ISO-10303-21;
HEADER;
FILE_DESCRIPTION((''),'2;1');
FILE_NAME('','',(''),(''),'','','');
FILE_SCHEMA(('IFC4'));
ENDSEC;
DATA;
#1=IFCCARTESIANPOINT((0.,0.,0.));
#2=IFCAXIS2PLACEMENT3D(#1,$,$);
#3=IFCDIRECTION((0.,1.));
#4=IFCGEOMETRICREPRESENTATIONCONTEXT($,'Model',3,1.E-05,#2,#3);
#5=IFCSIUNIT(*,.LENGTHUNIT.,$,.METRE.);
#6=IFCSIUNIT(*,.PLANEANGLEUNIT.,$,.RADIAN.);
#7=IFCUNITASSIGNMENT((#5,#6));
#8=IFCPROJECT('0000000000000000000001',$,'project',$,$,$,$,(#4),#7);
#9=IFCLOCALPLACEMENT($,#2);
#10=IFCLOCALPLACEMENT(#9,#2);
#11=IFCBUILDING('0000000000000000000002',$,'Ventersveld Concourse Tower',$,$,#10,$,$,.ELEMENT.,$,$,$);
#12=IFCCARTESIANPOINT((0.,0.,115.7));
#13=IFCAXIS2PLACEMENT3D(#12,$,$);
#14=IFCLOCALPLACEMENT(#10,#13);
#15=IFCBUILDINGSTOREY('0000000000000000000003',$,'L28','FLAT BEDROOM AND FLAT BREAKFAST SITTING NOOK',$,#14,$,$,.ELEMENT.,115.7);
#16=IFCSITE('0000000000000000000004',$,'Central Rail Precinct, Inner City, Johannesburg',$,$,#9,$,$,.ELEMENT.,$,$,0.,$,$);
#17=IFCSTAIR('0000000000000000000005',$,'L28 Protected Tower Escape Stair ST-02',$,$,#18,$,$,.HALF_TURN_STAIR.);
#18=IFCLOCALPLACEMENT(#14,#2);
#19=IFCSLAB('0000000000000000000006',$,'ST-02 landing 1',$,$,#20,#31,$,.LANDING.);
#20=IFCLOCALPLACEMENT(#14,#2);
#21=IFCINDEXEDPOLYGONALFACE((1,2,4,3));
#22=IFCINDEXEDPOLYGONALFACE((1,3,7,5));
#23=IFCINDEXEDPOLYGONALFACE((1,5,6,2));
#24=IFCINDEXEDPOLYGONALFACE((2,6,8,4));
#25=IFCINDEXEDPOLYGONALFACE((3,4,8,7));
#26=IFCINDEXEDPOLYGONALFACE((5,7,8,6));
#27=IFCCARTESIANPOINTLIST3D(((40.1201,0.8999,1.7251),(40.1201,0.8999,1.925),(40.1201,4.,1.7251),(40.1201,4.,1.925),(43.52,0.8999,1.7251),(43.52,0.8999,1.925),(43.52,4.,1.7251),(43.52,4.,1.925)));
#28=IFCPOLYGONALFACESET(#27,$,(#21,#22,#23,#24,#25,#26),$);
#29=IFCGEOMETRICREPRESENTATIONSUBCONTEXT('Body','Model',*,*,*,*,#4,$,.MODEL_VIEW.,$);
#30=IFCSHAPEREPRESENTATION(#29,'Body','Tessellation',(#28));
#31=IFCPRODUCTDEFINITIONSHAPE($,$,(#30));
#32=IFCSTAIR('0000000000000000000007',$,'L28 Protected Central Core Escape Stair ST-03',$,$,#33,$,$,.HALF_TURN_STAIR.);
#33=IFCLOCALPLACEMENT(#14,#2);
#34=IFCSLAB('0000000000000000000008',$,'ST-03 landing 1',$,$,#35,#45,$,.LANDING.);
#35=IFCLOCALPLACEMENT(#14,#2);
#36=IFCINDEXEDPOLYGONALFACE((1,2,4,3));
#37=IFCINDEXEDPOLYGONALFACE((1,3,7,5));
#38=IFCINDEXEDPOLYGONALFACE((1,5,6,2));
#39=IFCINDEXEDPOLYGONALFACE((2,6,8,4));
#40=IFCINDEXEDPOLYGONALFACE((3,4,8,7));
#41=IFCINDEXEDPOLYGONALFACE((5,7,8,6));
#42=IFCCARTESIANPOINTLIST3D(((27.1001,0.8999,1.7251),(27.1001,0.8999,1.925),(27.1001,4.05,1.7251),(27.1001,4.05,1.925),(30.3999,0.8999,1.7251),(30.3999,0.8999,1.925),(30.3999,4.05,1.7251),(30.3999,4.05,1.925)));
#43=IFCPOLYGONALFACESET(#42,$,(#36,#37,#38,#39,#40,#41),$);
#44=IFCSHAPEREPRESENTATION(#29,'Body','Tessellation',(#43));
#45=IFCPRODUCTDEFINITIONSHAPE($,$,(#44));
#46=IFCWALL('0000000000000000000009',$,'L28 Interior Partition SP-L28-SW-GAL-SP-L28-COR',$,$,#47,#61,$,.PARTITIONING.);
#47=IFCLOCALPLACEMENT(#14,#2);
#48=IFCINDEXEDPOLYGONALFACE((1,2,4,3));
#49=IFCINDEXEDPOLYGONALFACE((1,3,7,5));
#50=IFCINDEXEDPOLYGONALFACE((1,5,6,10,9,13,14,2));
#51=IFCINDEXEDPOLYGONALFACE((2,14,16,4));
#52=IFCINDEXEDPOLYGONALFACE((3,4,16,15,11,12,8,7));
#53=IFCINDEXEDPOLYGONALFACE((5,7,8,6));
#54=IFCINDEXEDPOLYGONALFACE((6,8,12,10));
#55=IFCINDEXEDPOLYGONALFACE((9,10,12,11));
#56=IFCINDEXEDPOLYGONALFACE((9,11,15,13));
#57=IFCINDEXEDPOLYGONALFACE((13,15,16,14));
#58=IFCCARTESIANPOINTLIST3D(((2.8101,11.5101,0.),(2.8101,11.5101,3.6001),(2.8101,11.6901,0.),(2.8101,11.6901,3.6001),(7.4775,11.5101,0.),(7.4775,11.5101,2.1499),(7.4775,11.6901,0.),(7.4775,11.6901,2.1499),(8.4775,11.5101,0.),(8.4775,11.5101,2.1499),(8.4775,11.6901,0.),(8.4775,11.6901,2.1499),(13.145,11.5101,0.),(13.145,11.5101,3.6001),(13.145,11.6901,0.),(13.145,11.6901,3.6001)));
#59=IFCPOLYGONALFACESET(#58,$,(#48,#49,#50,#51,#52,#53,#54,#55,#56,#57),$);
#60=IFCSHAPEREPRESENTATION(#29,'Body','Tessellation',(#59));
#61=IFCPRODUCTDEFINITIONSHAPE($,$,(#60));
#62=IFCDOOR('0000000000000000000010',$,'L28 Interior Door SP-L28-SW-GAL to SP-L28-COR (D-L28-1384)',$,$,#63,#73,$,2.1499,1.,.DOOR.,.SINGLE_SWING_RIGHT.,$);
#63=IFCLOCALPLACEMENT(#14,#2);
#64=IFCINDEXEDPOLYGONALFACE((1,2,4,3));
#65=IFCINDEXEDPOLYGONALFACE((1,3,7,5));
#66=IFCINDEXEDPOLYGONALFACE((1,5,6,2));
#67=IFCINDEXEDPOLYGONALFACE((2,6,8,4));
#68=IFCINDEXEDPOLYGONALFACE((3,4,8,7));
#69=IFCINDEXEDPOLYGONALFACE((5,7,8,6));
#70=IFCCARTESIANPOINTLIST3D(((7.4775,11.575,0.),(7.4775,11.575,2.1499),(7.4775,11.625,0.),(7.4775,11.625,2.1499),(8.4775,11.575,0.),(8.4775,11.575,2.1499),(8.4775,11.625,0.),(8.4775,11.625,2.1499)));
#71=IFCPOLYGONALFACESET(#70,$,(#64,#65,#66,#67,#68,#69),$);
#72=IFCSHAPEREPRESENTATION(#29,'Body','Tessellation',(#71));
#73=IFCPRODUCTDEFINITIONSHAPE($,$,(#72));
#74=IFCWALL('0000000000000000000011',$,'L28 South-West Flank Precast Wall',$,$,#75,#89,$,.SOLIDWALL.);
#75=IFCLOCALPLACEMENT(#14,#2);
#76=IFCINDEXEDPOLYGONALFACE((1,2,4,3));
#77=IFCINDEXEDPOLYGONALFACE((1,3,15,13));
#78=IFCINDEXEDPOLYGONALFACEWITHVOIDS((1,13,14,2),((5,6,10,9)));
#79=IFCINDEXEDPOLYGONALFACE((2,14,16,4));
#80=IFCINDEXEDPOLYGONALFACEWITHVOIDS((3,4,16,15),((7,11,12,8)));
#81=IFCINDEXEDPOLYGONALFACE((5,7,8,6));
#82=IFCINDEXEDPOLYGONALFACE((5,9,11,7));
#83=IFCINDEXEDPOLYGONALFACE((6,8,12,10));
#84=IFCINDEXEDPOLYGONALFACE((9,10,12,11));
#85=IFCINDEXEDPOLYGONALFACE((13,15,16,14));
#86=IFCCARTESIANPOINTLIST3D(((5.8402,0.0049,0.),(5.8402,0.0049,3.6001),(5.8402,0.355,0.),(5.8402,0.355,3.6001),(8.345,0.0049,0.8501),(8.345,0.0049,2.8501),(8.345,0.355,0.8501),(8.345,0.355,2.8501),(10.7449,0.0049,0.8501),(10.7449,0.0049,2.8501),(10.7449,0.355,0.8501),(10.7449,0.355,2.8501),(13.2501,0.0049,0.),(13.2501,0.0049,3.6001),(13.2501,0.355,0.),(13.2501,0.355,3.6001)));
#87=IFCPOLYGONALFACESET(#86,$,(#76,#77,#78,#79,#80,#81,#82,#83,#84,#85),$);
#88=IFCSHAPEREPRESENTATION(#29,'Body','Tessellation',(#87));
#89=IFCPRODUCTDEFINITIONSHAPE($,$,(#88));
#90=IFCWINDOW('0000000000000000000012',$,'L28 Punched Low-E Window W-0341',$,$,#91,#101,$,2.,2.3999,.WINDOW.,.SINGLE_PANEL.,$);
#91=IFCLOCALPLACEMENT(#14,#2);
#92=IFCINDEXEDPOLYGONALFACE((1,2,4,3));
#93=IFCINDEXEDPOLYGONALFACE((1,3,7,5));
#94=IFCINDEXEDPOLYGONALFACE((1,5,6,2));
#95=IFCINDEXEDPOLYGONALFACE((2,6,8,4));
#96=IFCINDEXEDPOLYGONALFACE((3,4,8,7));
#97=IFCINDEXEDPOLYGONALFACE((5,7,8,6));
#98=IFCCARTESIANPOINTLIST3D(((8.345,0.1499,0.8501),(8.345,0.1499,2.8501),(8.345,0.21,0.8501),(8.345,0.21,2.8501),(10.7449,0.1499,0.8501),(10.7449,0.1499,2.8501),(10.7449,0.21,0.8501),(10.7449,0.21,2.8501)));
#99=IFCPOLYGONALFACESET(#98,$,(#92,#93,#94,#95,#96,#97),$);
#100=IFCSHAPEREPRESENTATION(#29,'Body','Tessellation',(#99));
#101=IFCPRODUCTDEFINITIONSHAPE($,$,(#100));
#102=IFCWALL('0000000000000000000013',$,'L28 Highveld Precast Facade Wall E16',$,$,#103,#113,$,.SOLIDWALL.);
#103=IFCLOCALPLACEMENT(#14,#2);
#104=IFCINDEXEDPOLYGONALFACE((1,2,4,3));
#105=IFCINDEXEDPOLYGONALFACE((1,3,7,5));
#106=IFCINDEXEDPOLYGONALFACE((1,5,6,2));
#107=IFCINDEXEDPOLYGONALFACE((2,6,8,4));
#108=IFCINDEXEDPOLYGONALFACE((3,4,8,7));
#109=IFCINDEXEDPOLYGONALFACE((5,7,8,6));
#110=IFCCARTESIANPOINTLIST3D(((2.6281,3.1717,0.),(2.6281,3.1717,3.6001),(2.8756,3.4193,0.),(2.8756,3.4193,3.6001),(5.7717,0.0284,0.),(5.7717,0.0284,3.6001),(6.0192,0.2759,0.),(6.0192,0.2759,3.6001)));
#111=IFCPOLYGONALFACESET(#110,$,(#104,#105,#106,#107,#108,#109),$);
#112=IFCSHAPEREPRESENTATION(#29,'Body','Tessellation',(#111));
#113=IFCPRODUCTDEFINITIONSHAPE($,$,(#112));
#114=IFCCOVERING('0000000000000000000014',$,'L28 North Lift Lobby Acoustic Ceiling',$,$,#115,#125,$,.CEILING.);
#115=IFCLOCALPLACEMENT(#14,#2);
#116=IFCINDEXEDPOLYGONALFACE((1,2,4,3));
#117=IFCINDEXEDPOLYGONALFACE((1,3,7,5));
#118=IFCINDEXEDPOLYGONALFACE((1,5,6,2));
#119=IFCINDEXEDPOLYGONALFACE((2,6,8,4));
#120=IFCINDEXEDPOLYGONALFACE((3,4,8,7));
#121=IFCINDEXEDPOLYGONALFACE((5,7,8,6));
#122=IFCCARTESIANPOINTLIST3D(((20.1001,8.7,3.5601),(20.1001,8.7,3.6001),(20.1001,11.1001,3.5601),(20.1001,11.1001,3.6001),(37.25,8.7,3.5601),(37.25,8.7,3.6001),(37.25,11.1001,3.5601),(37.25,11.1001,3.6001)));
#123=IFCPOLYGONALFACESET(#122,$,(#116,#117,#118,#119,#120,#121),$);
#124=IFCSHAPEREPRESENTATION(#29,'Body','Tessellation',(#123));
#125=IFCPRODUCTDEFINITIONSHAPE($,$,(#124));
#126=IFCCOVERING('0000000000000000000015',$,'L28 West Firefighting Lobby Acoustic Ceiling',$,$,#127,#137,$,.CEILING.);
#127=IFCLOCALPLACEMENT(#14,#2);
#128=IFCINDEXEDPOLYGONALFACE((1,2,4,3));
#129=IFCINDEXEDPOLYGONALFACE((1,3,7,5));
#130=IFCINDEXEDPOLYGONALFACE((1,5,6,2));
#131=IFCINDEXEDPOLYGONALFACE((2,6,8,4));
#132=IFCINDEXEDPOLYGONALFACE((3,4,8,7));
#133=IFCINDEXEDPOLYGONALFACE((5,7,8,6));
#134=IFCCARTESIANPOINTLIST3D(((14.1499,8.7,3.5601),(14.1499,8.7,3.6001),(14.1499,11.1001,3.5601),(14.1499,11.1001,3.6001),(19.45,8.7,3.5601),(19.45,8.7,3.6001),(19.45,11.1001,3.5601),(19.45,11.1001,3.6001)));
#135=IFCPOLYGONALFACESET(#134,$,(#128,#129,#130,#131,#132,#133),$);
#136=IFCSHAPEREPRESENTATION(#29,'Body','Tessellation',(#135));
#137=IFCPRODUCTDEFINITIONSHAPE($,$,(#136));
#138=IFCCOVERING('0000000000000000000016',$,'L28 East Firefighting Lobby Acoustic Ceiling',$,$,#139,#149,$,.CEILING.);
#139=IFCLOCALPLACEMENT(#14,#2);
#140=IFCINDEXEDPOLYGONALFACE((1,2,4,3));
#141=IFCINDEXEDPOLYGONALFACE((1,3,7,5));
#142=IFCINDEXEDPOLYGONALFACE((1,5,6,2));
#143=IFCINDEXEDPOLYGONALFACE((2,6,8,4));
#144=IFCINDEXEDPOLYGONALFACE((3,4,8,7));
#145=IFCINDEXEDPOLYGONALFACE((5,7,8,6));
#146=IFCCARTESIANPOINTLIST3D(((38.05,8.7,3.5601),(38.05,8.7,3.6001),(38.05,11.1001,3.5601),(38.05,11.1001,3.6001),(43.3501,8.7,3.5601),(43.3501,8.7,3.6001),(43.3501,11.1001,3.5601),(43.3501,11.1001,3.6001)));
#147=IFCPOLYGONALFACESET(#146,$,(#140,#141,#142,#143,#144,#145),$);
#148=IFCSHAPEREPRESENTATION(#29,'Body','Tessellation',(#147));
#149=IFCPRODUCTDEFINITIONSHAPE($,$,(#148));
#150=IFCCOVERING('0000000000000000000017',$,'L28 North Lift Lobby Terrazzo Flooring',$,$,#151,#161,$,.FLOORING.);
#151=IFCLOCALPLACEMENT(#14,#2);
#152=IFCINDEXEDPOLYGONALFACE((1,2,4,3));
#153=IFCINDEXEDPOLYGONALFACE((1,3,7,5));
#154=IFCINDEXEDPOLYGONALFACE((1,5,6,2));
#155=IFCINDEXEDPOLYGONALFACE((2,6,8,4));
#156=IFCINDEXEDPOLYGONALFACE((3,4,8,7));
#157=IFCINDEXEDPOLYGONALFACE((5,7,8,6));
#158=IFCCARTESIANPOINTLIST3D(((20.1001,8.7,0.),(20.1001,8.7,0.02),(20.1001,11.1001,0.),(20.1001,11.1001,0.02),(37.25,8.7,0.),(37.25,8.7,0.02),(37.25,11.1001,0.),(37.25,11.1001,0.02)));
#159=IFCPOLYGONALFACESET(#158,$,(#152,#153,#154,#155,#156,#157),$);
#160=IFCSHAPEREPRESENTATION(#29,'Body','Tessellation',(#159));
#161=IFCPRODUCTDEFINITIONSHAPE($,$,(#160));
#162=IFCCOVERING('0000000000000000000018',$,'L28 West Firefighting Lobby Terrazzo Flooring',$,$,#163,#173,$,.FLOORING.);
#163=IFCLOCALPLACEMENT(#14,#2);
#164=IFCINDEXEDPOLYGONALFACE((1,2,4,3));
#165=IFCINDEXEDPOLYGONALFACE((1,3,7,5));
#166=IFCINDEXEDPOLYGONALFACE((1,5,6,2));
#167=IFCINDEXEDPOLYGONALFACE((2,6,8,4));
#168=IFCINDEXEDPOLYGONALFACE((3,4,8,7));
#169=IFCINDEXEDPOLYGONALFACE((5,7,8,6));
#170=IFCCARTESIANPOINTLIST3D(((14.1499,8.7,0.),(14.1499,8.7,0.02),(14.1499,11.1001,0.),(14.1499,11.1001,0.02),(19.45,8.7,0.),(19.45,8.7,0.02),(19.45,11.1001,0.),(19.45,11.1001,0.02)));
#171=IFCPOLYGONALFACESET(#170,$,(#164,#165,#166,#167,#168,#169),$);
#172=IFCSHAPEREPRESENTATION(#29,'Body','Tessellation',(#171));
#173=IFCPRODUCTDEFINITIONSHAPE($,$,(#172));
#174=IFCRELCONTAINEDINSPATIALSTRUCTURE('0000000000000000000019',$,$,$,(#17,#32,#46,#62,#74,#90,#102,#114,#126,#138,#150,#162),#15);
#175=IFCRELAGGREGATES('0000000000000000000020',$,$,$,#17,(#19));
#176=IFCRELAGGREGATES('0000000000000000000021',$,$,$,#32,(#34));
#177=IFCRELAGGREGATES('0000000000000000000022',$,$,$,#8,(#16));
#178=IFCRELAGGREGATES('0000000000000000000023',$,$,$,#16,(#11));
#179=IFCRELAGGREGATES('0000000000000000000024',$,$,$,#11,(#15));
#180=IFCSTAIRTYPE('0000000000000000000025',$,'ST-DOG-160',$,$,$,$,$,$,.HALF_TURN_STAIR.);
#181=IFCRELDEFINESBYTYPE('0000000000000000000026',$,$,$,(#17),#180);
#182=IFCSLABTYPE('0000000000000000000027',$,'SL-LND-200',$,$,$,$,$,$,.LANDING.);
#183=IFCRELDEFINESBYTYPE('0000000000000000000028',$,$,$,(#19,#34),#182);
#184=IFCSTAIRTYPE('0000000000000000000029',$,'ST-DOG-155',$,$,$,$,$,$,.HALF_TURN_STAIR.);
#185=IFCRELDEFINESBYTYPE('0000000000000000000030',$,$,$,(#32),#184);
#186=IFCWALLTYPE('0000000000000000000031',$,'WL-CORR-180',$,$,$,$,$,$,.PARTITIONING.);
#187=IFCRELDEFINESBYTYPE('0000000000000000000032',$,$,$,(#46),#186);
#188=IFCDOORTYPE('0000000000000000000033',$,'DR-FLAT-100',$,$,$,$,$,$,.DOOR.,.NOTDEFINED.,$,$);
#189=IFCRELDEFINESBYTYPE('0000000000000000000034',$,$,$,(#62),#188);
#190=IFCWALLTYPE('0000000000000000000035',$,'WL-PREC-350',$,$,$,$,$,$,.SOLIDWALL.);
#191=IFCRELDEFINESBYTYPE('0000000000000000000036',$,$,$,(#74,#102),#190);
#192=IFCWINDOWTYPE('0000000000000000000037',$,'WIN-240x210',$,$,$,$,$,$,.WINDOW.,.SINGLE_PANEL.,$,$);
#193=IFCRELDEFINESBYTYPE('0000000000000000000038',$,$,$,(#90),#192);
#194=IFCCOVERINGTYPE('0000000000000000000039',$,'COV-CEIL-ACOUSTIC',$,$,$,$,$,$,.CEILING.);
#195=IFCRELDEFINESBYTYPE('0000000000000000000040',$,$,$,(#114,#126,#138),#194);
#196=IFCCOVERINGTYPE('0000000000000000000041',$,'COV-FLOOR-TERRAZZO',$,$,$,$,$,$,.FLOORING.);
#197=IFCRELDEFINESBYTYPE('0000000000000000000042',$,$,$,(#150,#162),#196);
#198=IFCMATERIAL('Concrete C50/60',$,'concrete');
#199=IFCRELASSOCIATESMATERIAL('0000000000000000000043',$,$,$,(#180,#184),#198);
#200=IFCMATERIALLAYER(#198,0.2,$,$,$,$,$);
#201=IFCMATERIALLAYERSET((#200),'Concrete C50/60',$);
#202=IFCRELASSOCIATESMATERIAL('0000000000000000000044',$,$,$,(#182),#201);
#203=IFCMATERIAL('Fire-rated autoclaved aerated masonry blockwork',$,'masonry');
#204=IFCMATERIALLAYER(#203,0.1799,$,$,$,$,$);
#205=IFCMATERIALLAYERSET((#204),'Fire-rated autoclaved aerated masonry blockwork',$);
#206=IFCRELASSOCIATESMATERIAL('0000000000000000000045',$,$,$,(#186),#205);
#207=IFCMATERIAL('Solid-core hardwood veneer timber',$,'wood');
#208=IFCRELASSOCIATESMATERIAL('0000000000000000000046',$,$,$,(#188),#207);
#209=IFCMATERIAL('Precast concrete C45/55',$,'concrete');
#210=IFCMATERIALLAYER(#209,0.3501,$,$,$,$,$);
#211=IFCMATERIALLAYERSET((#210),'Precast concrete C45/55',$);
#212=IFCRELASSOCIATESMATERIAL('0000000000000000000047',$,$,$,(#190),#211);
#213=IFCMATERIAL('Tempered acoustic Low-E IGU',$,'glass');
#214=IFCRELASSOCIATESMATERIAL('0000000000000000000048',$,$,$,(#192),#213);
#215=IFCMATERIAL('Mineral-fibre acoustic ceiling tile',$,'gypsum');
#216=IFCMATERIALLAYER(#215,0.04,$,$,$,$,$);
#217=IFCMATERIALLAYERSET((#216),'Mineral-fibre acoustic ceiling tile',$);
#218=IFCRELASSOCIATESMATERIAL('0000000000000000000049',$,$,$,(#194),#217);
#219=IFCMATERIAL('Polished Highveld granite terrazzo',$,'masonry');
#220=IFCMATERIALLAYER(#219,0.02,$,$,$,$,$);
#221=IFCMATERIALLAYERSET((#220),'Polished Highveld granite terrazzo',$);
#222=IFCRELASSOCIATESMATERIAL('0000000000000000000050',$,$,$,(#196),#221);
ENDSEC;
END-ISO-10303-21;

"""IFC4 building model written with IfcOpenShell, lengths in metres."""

from ifc_helpers import new_model, si_unit, direction, frame, frame_2d, origin, place, context, subcontext, project, spatial, polyline, rectangle, outline, extrude, material, layer, layer_set, type_object, element, fill, aggregate, save


model = new_model("IFC4")

# Units and contexts
model_context = context("Model", 3, precision=1e-05, world=origin(), true_north=direction((0.0, 1.0)))
body_context = subcontext(model_context, "Body", "Model", "MODEL_VIEW")
ifc_project = project(units=[si_unit("LENGTHUNIT", "METRE"), si_unit("PLANEANGLEUNIT", "RADIAN")], contexts=[model_context])

# Site, building, storey
site_placement = place(None, origin())
site = spatial("IfcSite", under=ifc_project, at=site_placement, Name="Central Rail Precinct, Inner City, Johannesburg", CompositionType="ELEMENT", RefElevation=0.0)
building_placement = place(site_placement, origin())
building = spatial("IfcBuilding", under=site, at=building_placement, Name="Ventersveld Concourse Tower", CompositionType="ELEMENT")
storey_placement = place(building_placement, frame((0.0, 0.0, 115.7)))
storey = spatial("IfcBuildingStorey", under=building, at=storey_placement, Name="L28", Description="FLAT BEDROOM AND FLAT BREAKFAST SITTING NOOK", CompositionType="ELEMENT", Elevation=115.7)

# Shared definitions
ifc_material_1 = material(Name="Concrete C50/60", Category="concrete")

# Stairs, slabs
stair_type_1 = type_object("IfcStairType", Name="ST-DOG-160", PredefinedType="HALF_TURN_STAIR", material=ifc_material_1)
ifc_layer_1 = layer(ifc_material_1, 0.2)
ifc_layer_set_1 = layer_set([ifc_layer_1], Name="Concrete C50/60")
slab_type_1 = type_object("IfcSlabType", Name="SL-LND-200", PredefinedType="LANDING", material=ifc_layer_set_1)
stair_1_placement = place(storey_placement, origin())
stair_1 = element("IfcStair", 1, at=stair_1_placement, inside=storey, type_object=stair_type_1, Name="L28 Protected Tower Escape Stair ST-02", PredefinedType="HALF_TURN_STAIR")
slab_1_placement = place(storey_placement, frame((0.0, 0.0, 1.7251)))
slab_1 = element("IfcSlab", 2, at=slab_1_placement, type_object=slab_type_1, Name="ST-02 landing 1", PredefinedType="LANDING", context=body_context, shape_type="SweptSolid", body=[
    extrude(outline(polyline([(40.1201, 4.0), (40.1201, 0.8999), (43.52, 0.8999), (43.52, 4.0), (40.1201, 4.0)])), origin(), (0.0, 0.0, 1.0), 0.2),
])
aggregate(stair_1, [slab_1])
stair_type_2 = type_object("IfcStairType", Name="ST-DOG-155", PredefinedType="HALF_TURN_STAIR", material=ifc_material_1)
stair_2_placement = place(storey_placement, origin())
stair_2 = element("IfcStair", 3, at=stair_2_placement, inside=storey, type_object=stair_type_2, Name="L28 Protected Central Core Escape Stair ST-03", PredefinedType="HALF_TURN_STAIR")
slab_2_placement = place(storey_placement, frame((0.0, 0.0, 1.7251)))
slab_2 = element("IfcSlab", 4, at=slab_2_placement, type_object=slab_type_1, Name="ST-03 landing 1", PredefinedType="LANDING", context=body_context, shape_type="SweptSolid", body=[
    extrude(outline(polyline([(27.1001, 4.05), (27.1001, 0.8999), (30.3999, 0.8999), (30.3999, 4.05), (27.1001, 4.05)])), origin(), (0.0, 0.0, 1.0), 0.2),
])
aggregate(stair_2, [slab_2])

# Wall, opening, door
ifc_material_2 = material(Name="Fire-rated autoclaved aerated masonry blockwork", Category="masonry")
ifc_layer_2 = layer(ifc_material_2, 0.1799)
ifc_layer_set_2 = layer_set([ifc_layer_2], Name="Fire-rated autoclaved aerated masonry blockwork")
wall_type_1 = type_object("IfcWallType", Name="WL-CORR-180", PredefinedType="PARTITIONING", material=ifc_layer_set_2)
wall_1_placement = place(storey_placement, frame((2.8101, 11.6001, 0.0), z_axis=(0.0, 0.0, 1.0), x_axis=(1.0, 0.0, 0.0)))
wall_1 = element("IfcWall", 5, at=wall_1_placement, inside=storey, type_object=wall_type_1, Name="L28 Interior Partition SP-L28-SW-GAL-SP-L28-COR", PredefinedType="PARTITIONING", context=body_context, shape_type="SweptSolid", body=[
    extrude(rectangle(XDim=10.335, YDim=0.1799, at=frame_2d((5.1675, 0.0))), origin(), (0.0, 0.0, 1.0), 3.6001),
])
opening_1_placement = place(wall_1_placement, frame((4.6675, 0.0, 0.0)))
opening_1 = element("IfcOpeningElement", 6, at=opening_1_placement, cuts=wall_1, PredefinedType="OPENING", context=body_context, shape_type="SweptSolid", body=[
    extrude(rectangle(XDim=1.0, YDim=2.1499, at=frame_2d((0.5, 1.075))), frame((0.0, 0.1001, 0.0), z_axis=(0.0, -1.0, 0.0), x_axis=(1.0, 0.0, 0.0)), (0.0, 0.0, 1.0), 0.2),
])
ifc_material_3 = material(Name="Solid-core hardwood veneer timber", Category="wood")
door_type = type_object("IfcDoorType", Name="DR-FLAT-100", OperationType="NOTDEFINED", PredefinedType="DOOR", material=ifc_material_3)
door_placement = place(opening_1_placement, origin())
door = element("IfcDoor", 7, at=door_placement, inside=storey, type_object=door_type, Name="L28 Interior Door SP-L28-SW-GAL to SP-L28-COR (D-L28-1384)", OperationType="SINGLE_SWING_RIGHT", OverallHeight=2.1499, OverallWidth=1.0, PredefinedType="DOOR", context=body_context, shape_type="SweptSolid", body=[
    extrude(rectangle(XDim=1.0, YDim=2.1499, at=frame_2d((0.5, 1.075))), frame((0.0, 0.0249, 0.0), z_axis=(0.0, -1.0, 0.0), x_axis=(1.0, 0.0, 0.0)), (0.0, 0.0, 1.0), 0.05),
])
fill(opening_1, door)

# Wall, opening, window
ifc_material_4 = material(Name="Precast concrete C45/55", Category="concrete")
ifc_layer_3 = layer(ifc_material_4, 0.3501)
ifc_layer_set_3 = layer_set([ifc_layer_3], Name="Precast concrete C45/55")
wall_type_2 = type_object("IfcWallType", Name="WL-PREC-350", PredefinedType="SOLIDWALL", material=ifc_layer_set_3)
wall_2_placement = place(storey_placement, frame((5.8401, 0.1799, 0.0), z_axis=(0.0, 0.0, 1.0), x_axis=(1.0, 0.0, 0.0)))
wall_2 = element("IfcWall", 8, at=wall_2_placement, inside=storey, type_object=wall_type_2, Name="L28 South-West Flank Precast Wall", PredefinedType="SOLIDWALL", context=body_context, shape_type="SweptSolid", body=[
    extrude(rectangle(XDim=7.4099, YDim=0.3501, at=frame_2d((3.7051, 0.0))), origin(), (0.0, 0.0, 1.0), 3.6001),
])
opening_2_placement = place(wall_2_placement, frame((2.5049, 0.0, 0.8501)))
opening_2 = element("IfcOpeningElement", 9, at=opening_2_placement, cuts=wall_2, PredefinedType="OPENING", context=body_context, shape_type="SweptSolid", body=[
    extrude(rectangle(XDim=2.3999, YDim=2.0, at=frame_2d((1.2, 1.0))), frame((0.0, 0.1851, 0.0), z_axis=(0.0, -1.0, 0.0), x_axis=(1.0, 0.0, 0.0)), (0.0, 0.0, 1.0), 0.3701),
])
ifc_material_5 = material(Name="Tempered acoustic Low-E IGU", Category="glass")
window_type = type_object("IfcWindowType", Name="WIN-240x210", PartitioningType="SINGLE_PANEL", PredefinedType="WINDOW", material=ifc_material_5)
window_placement = place(opening_2_placement, origin())
window = element("IfcWindow", 10, at=window_placement, inside=storey, type_object=window_type, Name="L28 Punched Low-E Window W-0341", OverallHeight=2.0, OverallWidth=2.3999, PartitioningType="SINGLE_PANEL", PredefinedType="WINDOW", context=body_context, shape_type="SweptSolid", body=[
    extrude(rectangle(XDim=2.3999, YDim=2.0, at=frame_2d((1.2, 1.0))), frame((0.0, 0.03, 0.0), z_axis=(0.0, -1.0, 0.0), x_axis=(1.0, 0.0, 0.0)), (0.0, 0.0, 1.0), 0.0601),
])
fill(opening_2, window)

# Wall
wall_3_placement = place(storey_placement, frame((2.752, 3.2954, 0.0), z_axis=(0.0, 0.0, 1.0), x_axis=(0.707134, -0.707079, 0.0)))
element("IfcWall", 11, at=wall_3_placement, inside=storey, type_object=wall_type_2, Name="L28 Highveld Precast Facade Wall E16", PredefinedType="SOLIDWALL", context=body_context, shape_type="SweptSolid", body=[
    extrude(rectangle(XDim=4.4456, YDim=0.3501, at=frame_2d((2.2227, 0.0))), origin(), (0.0, 0.0, 1.0), 3.6001),
])

# Coverings
ifc_material_6 = material(Name="Mineral-fibre acoustic ceiling tile", Category="gypsum")
ifc_layer_4 = layer(ifc_material_6, 0.04)
ifc_layer_set_4 = layer_set([ifc_layer_4], Name="Mineral-fibre acoustic ceiling tile")
covering_type_1 = type_object("IfcCoveringType", Name="COV-CEIL-ACOUSTIC", PredefinedType="CEILING", material=ifc_layer_set_4)
covering_1_placement = place(storey_placement, frame((0.0, 0.0, 3.5601)))
element("IfcCovering", 12, at=covering_1_placement, inside=storey, type_object=covering_type_1, Name="L28 North Lift Lobby Acoustic Ceiling", PredefinedType="CEILING", context=body_context, shape_type="SweptSolid", body=[
    extrude(outline(polyline([(20.1001, 8.7), (37.25, 8.7), (37.25, 11.1001), (20.1001, 11.1001), (20.1001, 8.7)])), origin(), (0.0, 0.0, 1.0), 0.04),
])
covering_2_placement = place(storey_placement, frame((0.0, 0.0, 3.5601)))
element("IfcCovering", 13, at=covering_2_placement, inside=storey, type_object=covering_type_1, Name="L28 West Firefighting Lobby Acoustic Ceiling", PredefinedType="CEILING", context=body_context, shape_type="SweptSolid", body=[
    extrude(outline(polyline([(14.1499, 8.7), (19.45, 8.7), (19.45, 11.1001), (14.1499, 11.1001), (14.1499, 8.7)])), origin(), (0.0, 0.0, 1.0), 0.04),
])
covering_3_placement = place(storey_placement, frame((0.0, 0.0, 3.5601)))
element("IfcCovering", 14, at=covering_3_placement, inside=storey, type_object=covering_type_1, Name="L28 East Firefighting Lobby Acoustic Ceiling", PredefinedType="CEILING", context=body_context, shape_type="SweptSolid", body=[
    extrude(outline(polyline([(38.05, 8.7), (43.3501, 8.7), (43.3501, 11.1001), (38.05, 11.1001), (38.05, 8.7)])), origin(), (0.0, 0.0, 1.0), 0.04),
])
ifc_material_7 = material(Name="Polished Highveld granite terrazzo", Category="masonry")
ifc_layer_5 = layer(ifc_material_7, 0.02)
ifc_layer_set_5 = layer_set([ifc_layer_5], Name="Polished Highveld granite terrazzo")
covering_type_2 = type_object("IfcCoveringType", Name="COV-FLOOR-TERRAZZO", PredefinedType="FLOORING", material=ifc_layer_set_5)
covering_4_placement = place(storey_placement, origin())
element("IfcCovering", 15, at=covering_4_placement, inside=storey, type_object=covering_type_2, Name="L28 North Lift Lobby Terrazzo Flooring", PredefinedType="FLOORING", context=body_context, shape_type="SweptSolid", body=[
    extrude(outline(polyline([(20.1001, 8.7), (37.25, 8.7), (37.25, 11.1001), (20.1001, 11.1001), (20.1001, 8.7)])), origin(), (0.0, 0.0, 1.0), 0.02),
])
covering_5_placement = place(storey_placement, origin())
element("IfcCovering", 16, at=covering_5_placement, inside=storey, type_object=covering_type_2, Name="L28 West Firefighting Lobby Terrazzo Flooring", PredefinedType="FLOORING", context=body_context, shape_type="SweptSolid", body=[
    extrude(outline(polyline([(14.1499, 8.7), (19.45, 8.7), (19.45, 11.1001), (14.1499, 11.1001), (14.1499, 8.7)])), origin(), (0.0, 0.0, 1.0), 0.02),
])

save(model, "model.ifc")
